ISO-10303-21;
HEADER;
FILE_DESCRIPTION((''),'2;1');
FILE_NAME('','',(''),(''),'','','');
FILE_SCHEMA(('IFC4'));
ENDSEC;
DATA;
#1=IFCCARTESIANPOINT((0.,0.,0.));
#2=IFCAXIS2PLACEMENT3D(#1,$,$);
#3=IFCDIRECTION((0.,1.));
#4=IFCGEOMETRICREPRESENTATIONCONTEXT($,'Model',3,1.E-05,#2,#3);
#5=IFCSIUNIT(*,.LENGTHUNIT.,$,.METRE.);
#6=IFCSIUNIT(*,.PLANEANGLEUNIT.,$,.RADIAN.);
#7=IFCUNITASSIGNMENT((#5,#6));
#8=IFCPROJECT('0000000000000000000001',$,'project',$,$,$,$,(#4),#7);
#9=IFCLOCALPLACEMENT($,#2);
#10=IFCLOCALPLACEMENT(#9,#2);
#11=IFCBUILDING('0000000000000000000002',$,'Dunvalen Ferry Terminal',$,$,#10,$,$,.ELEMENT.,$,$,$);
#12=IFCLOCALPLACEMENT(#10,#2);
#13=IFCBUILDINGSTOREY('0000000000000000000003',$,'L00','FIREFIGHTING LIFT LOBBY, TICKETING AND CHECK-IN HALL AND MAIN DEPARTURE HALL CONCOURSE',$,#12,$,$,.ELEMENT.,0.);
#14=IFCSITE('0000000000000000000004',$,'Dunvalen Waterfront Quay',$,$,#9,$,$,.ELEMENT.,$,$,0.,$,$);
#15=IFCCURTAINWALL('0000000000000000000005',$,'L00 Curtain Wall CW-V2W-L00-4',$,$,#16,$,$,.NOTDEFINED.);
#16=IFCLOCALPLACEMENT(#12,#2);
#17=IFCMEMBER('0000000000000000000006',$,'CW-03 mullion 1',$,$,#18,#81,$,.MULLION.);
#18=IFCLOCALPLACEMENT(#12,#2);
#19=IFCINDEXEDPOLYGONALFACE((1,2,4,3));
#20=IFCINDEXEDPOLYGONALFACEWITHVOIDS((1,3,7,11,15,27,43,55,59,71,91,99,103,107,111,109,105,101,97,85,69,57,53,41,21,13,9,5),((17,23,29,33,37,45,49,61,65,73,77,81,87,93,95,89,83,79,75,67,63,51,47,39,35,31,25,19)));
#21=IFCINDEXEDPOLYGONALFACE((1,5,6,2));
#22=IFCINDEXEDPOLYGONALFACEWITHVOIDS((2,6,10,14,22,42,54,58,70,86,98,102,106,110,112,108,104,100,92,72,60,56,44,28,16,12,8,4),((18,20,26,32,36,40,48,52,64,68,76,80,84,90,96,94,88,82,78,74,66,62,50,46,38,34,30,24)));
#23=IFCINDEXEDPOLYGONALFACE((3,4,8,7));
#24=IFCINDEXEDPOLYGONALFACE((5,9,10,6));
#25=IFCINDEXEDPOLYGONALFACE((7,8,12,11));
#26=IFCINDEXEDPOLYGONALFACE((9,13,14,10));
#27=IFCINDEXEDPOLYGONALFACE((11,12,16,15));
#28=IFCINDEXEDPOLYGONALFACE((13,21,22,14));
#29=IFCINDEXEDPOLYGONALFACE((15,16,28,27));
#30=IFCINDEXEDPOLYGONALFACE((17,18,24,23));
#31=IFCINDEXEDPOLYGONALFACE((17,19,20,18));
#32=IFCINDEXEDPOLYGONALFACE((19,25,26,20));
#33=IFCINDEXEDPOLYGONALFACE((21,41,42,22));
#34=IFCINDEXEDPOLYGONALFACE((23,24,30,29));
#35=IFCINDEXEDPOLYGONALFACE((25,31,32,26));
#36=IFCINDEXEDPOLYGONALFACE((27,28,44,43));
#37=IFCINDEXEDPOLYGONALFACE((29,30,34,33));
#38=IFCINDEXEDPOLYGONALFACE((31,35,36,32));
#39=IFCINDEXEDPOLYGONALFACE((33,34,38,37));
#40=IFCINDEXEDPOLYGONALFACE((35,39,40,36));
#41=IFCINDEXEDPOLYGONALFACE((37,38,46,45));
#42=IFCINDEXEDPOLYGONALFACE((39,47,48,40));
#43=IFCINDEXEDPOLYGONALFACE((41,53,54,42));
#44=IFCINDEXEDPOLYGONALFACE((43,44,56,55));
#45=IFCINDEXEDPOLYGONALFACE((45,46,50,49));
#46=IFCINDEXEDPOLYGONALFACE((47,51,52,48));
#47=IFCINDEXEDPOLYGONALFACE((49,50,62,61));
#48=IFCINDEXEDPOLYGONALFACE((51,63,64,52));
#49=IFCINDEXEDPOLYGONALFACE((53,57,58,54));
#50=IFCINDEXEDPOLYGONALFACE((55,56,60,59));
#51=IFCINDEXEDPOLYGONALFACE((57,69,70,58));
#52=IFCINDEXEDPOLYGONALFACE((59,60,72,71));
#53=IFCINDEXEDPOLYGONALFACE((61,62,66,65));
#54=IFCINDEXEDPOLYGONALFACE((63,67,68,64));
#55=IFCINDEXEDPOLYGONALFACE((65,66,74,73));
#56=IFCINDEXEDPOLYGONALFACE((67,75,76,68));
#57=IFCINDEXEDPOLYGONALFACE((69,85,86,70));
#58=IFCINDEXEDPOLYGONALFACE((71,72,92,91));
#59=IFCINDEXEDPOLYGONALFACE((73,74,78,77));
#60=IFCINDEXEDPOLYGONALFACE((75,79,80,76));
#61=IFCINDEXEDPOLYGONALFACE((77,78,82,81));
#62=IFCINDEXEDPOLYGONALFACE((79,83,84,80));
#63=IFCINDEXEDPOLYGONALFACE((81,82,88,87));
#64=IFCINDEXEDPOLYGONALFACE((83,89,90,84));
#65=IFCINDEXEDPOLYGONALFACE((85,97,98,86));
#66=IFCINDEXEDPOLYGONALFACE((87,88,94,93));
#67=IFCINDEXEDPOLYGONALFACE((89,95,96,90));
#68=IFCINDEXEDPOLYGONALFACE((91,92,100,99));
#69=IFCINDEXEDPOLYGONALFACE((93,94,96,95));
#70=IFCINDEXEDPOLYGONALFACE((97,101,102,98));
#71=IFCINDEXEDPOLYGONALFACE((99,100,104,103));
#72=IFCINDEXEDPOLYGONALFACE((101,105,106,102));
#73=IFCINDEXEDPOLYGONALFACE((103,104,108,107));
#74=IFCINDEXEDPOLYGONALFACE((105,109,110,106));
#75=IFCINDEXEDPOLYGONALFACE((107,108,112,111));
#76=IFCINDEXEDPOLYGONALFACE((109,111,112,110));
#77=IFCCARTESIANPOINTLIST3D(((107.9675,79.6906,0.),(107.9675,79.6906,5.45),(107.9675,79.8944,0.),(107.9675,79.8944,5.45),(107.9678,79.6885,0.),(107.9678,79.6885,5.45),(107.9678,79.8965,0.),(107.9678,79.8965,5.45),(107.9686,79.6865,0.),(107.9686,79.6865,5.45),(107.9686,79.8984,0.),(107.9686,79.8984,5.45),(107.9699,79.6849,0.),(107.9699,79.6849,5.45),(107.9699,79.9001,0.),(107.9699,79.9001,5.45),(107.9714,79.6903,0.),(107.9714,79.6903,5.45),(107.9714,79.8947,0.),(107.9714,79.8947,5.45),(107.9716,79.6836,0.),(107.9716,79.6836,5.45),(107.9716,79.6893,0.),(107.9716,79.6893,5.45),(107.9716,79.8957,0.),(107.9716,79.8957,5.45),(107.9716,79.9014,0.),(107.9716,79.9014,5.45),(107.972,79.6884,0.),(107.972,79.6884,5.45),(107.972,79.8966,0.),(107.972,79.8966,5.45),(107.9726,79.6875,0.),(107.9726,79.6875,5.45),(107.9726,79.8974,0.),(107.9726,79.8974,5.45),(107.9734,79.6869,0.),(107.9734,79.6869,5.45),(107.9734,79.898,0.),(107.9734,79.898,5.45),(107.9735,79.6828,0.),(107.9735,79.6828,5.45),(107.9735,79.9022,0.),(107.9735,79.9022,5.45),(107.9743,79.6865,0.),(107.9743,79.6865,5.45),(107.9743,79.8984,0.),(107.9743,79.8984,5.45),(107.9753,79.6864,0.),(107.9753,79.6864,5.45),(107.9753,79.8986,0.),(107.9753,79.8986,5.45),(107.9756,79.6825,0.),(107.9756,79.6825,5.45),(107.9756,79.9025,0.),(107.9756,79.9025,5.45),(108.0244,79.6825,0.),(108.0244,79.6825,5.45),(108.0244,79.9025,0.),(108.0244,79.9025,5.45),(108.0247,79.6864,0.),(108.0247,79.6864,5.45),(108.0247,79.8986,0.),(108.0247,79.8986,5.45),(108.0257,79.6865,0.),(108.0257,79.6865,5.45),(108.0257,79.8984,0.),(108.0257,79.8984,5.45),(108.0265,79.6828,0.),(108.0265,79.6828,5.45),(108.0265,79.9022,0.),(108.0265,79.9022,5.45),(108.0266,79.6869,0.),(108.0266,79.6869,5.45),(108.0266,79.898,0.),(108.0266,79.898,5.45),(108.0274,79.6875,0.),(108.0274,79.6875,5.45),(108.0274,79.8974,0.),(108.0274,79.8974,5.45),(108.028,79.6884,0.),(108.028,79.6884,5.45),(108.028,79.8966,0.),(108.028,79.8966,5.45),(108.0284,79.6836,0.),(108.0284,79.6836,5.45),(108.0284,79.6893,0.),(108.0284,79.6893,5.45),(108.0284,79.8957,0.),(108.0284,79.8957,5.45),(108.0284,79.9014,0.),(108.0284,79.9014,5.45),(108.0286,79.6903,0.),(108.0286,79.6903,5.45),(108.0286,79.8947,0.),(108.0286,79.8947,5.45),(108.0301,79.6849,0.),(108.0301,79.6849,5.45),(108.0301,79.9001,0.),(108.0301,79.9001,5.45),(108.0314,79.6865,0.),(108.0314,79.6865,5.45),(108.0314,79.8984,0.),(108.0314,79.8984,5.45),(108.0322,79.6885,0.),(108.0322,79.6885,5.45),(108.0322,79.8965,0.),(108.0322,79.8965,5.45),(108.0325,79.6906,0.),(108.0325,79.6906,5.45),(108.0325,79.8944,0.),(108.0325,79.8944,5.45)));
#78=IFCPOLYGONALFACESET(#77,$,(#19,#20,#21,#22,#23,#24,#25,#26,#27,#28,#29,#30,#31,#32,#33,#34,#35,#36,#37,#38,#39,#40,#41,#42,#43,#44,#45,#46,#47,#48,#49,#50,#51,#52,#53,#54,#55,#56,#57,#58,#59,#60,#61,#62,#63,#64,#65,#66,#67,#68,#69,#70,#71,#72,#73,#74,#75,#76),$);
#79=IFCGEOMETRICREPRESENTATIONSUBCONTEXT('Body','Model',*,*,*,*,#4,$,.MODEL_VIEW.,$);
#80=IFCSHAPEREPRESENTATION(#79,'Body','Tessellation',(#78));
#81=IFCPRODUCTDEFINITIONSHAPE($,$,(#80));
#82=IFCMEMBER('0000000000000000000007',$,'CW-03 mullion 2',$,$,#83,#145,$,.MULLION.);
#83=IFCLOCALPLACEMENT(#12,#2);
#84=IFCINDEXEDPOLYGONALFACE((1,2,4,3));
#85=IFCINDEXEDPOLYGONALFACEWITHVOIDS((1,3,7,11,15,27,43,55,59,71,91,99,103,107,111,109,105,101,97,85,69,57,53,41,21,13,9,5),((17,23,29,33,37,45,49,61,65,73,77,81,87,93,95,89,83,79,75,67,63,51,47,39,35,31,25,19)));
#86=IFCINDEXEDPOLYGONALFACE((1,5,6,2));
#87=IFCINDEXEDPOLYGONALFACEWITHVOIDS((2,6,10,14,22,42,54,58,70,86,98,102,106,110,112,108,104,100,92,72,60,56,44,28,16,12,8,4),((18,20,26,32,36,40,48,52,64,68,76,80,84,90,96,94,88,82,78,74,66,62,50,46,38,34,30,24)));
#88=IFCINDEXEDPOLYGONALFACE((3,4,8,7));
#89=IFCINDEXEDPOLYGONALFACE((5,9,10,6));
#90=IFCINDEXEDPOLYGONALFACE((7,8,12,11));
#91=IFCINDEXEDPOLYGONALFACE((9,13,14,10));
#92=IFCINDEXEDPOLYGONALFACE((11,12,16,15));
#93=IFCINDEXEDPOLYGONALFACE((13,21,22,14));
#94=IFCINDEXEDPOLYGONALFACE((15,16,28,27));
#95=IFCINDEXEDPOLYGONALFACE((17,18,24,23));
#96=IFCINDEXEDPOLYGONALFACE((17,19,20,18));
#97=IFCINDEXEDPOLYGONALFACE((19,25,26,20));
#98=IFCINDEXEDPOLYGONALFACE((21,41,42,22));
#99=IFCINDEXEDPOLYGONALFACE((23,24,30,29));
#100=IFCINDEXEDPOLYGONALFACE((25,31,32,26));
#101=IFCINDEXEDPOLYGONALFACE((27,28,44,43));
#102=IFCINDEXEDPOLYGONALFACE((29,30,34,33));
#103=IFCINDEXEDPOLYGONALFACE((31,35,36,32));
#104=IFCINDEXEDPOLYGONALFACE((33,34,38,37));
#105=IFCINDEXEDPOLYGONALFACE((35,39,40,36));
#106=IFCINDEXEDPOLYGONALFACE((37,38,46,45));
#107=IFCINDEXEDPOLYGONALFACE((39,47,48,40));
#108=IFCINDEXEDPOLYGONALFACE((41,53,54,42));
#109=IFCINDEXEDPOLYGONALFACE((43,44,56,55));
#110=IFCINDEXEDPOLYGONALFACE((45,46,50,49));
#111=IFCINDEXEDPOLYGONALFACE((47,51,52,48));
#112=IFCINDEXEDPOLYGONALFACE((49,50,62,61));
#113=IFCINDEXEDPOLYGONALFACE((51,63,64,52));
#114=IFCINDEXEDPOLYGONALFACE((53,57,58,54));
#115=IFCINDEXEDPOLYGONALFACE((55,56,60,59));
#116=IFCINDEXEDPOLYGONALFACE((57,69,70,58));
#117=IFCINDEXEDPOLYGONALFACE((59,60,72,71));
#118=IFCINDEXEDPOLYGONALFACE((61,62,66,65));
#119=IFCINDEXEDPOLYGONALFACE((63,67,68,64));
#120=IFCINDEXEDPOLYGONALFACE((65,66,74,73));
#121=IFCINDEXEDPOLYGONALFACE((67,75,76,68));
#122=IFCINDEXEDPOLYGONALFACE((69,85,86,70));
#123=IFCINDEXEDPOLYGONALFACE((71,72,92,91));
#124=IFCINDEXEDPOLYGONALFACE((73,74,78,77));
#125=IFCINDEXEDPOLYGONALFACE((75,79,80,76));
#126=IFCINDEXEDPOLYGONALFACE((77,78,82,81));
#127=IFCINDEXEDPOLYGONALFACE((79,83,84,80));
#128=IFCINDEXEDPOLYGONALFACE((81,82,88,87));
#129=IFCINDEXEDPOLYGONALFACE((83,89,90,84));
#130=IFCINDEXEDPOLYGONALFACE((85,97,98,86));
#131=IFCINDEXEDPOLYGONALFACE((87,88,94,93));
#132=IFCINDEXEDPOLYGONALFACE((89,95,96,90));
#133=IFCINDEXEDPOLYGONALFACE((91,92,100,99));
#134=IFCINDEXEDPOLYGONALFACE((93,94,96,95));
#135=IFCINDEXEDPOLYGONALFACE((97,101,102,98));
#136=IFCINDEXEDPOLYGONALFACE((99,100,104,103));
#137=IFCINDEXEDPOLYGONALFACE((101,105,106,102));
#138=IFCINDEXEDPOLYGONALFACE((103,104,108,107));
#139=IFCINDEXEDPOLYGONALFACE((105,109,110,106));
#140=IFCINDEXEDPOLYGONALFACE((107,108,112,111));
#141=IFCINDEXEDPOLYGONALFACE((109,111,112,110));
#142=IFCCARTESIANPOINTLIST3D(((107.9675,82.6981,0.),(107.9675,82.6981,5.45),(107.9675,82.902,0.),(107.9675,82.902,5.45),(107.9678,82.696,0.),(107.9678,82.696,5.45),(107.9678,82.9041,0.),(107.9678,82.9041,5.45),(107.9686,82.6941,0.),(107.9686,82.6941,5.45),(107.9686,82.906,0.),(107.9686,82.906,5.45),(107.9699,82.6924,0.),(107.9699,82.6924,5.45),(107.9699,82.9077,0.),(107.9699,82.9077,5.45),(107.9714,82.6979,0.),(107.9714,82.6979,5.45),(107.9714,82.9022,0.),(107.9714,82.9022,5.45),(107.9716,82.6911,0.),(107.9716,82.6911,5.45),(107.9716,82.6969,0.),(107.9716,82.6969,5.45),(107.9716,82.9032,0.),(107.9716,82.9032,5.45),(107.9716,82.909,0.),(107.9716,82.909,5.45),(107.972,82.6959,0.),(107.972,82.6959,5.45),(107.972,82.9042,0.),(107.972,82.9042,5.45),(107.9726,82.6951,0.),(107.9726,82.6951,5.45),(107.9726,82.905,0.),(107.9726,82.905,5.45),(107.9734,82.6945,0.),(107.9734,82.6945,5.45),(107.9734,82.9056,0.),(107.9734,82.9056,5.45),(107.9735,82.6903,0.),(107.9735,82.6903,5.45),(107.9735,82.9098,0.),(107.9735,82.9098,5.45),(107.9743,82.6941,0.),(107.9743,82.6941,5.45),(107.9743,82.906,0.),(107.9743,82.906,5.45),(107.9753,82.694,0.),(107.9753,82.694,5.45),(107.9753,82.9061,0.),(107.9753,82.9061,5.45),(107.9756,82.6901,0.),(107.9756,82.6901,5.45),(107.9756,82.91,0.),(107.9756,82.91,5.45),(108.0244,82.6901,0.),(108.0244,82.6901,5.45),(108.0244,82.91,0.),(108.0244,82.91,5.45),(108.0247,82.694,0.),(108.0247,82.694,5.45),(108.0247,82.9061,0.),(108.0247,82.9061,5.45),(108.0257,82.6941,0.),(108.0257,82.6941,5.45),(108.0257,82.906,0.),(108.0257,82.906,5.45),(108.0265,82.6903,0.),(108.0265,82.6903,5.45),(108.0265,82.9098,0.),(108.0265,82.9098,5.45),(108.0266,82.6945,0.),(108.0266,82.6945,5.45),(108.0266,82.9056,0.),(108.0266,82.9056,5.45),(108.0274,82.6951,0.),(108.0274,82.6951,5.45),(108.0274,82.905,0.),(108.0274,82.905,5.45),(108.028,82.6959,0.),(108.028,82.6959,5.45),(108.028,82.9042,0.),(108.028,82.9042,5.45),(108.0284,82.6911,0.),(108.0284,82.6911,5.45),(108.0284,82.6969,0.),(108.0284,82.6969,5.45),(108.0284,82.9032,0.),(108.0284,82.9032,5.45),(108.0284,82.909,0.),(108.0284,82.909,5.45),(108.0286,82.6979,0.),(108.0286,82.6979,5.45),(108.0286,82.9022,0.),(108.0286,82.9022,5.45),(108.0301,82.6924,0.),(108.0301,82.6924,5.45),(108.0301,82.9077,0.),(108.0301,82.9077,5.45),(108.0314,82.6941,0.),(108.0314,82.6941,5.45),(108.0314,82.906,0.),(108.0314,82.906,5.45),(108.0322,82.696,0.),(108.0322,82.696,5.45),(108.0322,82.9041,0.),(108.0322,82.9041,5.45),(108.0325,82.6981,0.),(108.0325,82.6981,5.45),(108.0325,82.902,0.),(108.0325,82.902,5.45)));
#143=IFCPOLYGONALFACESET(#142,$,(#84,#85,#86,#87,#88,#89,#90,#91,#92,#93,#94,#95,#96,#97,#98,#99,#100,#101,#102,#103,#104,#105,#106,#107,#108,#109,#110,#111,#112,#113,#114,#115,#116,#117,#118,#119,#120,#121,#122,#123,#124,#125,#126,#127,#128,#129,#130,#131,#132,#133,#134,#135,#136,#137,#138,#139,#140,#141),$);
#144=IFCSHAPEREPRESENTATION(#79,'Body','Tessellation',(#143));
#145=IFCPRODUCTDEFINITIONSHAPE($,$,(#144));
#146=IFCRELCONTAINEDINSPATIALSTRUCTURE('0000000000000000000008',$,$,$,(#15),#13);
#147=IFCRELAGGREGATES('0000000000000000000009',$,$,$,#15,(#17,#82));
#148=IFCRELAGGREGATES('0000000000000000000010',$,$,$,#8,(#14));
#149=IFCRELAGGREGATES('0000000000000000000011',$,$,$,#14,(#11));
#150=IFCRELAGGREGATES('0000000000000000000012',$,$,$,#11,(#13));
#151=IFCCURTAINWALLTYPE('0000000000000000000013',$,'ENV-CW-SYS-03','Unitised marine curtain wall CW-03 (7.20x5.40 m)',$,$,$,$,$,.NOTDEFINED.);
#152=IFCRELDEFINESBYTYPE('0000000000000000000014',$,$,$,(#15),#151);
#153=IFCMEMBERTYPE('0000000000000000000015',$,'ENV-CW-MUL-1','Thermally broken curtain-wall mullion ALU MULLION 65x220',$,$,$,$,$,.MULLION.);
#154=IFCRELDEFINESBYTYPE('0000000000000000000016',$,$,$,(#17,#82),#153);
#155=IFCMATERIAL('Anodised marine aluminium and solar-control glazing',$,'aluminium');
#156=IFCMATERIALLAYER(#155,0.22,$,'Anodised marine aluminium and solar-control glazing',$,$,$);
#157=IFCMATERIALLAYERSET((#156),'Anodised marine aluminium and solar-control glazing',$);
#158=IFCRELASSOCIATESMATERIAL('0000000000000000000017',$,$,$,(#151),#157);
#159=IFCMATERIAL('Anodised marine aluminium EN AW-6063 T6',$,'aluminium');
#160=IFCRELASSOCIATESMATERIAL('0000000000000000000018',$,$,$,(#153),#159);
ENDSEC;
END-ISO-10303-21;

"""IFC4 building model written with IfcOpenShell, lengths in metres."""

from ifc_helpers import new_model, si_unit, direction, frame, origin, origin_2d, place, context, subcontext, project, spatial, hollow_rectangle, extrude, material, layer, layer_set, material_profile, profile_set, type_object, element, aggregate, save


model = new_model("IFC4")

# Units and contexts
model_context = context("Model", 3, precision=1e-05, world=origin(), true_north=direction((0.0, 1.0)))
body_context = subcontext(model_context, "Body", "Model", "MODEL_VIEW")
ifc_project = project(units=[si_unit("LENGTHUNIT", "METRE"), si_unit("PLANEANGLEUNIT", "RADIAN")], contexts=[model_context])

# Site, building, storey
site_placement = place(None, origin())
site = spatial("IfcSite", under=ifc_project, at=site_placement, Name="Dunvalen Waterfront Quay", CompositionType="ELEMENT", RefElevation=0.0)
building_placement = place(site_placement, origin())
building = spatial("IfcBuilding", under=site, at=building_placement, Name="Dunvalen Ferry Terminal", CompositionType="ELEMENT")
storey_placement = place(building_placement, origin())
storey = spatial("IfcBuildingStorey", under=building, at=storey_placement, Name="L00", Description="FIREFIGHTING LIFT LOBBY, TICKETING AND CHECK-IN HALL AND MAIN DEPARTURE HALL CONCOURSE", CompositionType="ELEMENT", Elevation=0.0)

# Curtain wall, members
ifc_material_1 = material(Name="Anodised marine aluminium and solar-control glazing", Category="aluminium")
ifc_layer_1 = layer(ifc_material_1, 0.22, Name="Anodised marine aluminium and solar-control glazing")
ifc_layer_set_1 = layer_set([ifc_layer_1], Name="Anodised marine aluminium and solar-control glazing")
curtain_wall_type = type_object("IfcCurtainWallType", Name="ENV-CW-SYS-03", Description="Unitised marine curtain wall CW-03 (7.20x5.40 m)", PredefinedType="NOTDEFINED", material=ifc_layer_set_1)
curtain_wall_placement = place(storey_placement, origin())
curtain_wall = element("IfcCurtainWall", 1, at=curtain_wall_placement, inside=storey, type_object=curtain_wall_type, Name="L00 Curtain Wall CW-V2W-L00-4", PredefinedType="NOTDEFINED")
ifc_material_2 = material(Name="Anodised marine aluminium EN AW-6063 T6", Category="aluminium")
ifc_material_profile_1 = material_profile(ifc_material_2, hollow_rectangle(XDim=0.0649, YDim=0.22, WallThickness=0.0039, InnerFilletRadius=0.0039, OuterFilletRadius=0.0081, at=origin_2d()), Name="Anodised marine aluminium EN AW-6063 T6")
ifc_profile_set_1 = profile_set([ifc_material_profile_1], Name="Anodised marine aluminium EN AW-6063 T6")
member_type_1 = type_object("IfcMemberType", Name="ENV-CW-MUL-1", Description="Thermally broken curtain-wall mullion ALU MULLION 65x220", PredefinedType="MULLION", material=ifc_profile_set_1)
member_1_placement = place(storey_placement, frame((108.0, 79.7925, 0.0), z_axis=(0.0, 0.0, 1.0), x_axis=(-1.0, 0.0, 0.0)))
member_1 = element("IfcMember", 2, at=member_1_placement, type_object=member_type_1, Name="CW-03 mullion 1", PredefinedType="MULLION", context=body_context, shape_type="SweptSolid", body=[
    extrude(hollow_rectangle(XDim=0.0649, YDim=0.22, WallThickness=0.0039, InnerFilletRadius=0.0039, OuterFilletRadius=0.0081, at=origin_2d()), origin(), (0.0, 0.0, 1.0), 5.45),
])
member_2_placement = place(storey_placement, frame((108.0, 82.8, 0.0), z_axis=(0.0, 0.0, 1.0), x_axis=(-1.0, 0.0, 0.0)))
member_2 = element("IfcMember", 3, at=member_2_placement, type_object=member_type_1, Name="CW-03 mullion 2", PredefinedType="MULLION", context=body_context, shape_type="SweptSolid", body=[
    extrude(hollow_rectangle(XDim=0.0649, YDim=0.22, WallThickness=0.0039, InnerFilletRadius=0.0039, OuterFilletRadius=0.0081, at=origin_2d()), origin(), (0.0, 0.0, 1.0), 5.45),
])
aggregate(curtain_wall, [member_1, member_2])

save(model, "model.ifc")
